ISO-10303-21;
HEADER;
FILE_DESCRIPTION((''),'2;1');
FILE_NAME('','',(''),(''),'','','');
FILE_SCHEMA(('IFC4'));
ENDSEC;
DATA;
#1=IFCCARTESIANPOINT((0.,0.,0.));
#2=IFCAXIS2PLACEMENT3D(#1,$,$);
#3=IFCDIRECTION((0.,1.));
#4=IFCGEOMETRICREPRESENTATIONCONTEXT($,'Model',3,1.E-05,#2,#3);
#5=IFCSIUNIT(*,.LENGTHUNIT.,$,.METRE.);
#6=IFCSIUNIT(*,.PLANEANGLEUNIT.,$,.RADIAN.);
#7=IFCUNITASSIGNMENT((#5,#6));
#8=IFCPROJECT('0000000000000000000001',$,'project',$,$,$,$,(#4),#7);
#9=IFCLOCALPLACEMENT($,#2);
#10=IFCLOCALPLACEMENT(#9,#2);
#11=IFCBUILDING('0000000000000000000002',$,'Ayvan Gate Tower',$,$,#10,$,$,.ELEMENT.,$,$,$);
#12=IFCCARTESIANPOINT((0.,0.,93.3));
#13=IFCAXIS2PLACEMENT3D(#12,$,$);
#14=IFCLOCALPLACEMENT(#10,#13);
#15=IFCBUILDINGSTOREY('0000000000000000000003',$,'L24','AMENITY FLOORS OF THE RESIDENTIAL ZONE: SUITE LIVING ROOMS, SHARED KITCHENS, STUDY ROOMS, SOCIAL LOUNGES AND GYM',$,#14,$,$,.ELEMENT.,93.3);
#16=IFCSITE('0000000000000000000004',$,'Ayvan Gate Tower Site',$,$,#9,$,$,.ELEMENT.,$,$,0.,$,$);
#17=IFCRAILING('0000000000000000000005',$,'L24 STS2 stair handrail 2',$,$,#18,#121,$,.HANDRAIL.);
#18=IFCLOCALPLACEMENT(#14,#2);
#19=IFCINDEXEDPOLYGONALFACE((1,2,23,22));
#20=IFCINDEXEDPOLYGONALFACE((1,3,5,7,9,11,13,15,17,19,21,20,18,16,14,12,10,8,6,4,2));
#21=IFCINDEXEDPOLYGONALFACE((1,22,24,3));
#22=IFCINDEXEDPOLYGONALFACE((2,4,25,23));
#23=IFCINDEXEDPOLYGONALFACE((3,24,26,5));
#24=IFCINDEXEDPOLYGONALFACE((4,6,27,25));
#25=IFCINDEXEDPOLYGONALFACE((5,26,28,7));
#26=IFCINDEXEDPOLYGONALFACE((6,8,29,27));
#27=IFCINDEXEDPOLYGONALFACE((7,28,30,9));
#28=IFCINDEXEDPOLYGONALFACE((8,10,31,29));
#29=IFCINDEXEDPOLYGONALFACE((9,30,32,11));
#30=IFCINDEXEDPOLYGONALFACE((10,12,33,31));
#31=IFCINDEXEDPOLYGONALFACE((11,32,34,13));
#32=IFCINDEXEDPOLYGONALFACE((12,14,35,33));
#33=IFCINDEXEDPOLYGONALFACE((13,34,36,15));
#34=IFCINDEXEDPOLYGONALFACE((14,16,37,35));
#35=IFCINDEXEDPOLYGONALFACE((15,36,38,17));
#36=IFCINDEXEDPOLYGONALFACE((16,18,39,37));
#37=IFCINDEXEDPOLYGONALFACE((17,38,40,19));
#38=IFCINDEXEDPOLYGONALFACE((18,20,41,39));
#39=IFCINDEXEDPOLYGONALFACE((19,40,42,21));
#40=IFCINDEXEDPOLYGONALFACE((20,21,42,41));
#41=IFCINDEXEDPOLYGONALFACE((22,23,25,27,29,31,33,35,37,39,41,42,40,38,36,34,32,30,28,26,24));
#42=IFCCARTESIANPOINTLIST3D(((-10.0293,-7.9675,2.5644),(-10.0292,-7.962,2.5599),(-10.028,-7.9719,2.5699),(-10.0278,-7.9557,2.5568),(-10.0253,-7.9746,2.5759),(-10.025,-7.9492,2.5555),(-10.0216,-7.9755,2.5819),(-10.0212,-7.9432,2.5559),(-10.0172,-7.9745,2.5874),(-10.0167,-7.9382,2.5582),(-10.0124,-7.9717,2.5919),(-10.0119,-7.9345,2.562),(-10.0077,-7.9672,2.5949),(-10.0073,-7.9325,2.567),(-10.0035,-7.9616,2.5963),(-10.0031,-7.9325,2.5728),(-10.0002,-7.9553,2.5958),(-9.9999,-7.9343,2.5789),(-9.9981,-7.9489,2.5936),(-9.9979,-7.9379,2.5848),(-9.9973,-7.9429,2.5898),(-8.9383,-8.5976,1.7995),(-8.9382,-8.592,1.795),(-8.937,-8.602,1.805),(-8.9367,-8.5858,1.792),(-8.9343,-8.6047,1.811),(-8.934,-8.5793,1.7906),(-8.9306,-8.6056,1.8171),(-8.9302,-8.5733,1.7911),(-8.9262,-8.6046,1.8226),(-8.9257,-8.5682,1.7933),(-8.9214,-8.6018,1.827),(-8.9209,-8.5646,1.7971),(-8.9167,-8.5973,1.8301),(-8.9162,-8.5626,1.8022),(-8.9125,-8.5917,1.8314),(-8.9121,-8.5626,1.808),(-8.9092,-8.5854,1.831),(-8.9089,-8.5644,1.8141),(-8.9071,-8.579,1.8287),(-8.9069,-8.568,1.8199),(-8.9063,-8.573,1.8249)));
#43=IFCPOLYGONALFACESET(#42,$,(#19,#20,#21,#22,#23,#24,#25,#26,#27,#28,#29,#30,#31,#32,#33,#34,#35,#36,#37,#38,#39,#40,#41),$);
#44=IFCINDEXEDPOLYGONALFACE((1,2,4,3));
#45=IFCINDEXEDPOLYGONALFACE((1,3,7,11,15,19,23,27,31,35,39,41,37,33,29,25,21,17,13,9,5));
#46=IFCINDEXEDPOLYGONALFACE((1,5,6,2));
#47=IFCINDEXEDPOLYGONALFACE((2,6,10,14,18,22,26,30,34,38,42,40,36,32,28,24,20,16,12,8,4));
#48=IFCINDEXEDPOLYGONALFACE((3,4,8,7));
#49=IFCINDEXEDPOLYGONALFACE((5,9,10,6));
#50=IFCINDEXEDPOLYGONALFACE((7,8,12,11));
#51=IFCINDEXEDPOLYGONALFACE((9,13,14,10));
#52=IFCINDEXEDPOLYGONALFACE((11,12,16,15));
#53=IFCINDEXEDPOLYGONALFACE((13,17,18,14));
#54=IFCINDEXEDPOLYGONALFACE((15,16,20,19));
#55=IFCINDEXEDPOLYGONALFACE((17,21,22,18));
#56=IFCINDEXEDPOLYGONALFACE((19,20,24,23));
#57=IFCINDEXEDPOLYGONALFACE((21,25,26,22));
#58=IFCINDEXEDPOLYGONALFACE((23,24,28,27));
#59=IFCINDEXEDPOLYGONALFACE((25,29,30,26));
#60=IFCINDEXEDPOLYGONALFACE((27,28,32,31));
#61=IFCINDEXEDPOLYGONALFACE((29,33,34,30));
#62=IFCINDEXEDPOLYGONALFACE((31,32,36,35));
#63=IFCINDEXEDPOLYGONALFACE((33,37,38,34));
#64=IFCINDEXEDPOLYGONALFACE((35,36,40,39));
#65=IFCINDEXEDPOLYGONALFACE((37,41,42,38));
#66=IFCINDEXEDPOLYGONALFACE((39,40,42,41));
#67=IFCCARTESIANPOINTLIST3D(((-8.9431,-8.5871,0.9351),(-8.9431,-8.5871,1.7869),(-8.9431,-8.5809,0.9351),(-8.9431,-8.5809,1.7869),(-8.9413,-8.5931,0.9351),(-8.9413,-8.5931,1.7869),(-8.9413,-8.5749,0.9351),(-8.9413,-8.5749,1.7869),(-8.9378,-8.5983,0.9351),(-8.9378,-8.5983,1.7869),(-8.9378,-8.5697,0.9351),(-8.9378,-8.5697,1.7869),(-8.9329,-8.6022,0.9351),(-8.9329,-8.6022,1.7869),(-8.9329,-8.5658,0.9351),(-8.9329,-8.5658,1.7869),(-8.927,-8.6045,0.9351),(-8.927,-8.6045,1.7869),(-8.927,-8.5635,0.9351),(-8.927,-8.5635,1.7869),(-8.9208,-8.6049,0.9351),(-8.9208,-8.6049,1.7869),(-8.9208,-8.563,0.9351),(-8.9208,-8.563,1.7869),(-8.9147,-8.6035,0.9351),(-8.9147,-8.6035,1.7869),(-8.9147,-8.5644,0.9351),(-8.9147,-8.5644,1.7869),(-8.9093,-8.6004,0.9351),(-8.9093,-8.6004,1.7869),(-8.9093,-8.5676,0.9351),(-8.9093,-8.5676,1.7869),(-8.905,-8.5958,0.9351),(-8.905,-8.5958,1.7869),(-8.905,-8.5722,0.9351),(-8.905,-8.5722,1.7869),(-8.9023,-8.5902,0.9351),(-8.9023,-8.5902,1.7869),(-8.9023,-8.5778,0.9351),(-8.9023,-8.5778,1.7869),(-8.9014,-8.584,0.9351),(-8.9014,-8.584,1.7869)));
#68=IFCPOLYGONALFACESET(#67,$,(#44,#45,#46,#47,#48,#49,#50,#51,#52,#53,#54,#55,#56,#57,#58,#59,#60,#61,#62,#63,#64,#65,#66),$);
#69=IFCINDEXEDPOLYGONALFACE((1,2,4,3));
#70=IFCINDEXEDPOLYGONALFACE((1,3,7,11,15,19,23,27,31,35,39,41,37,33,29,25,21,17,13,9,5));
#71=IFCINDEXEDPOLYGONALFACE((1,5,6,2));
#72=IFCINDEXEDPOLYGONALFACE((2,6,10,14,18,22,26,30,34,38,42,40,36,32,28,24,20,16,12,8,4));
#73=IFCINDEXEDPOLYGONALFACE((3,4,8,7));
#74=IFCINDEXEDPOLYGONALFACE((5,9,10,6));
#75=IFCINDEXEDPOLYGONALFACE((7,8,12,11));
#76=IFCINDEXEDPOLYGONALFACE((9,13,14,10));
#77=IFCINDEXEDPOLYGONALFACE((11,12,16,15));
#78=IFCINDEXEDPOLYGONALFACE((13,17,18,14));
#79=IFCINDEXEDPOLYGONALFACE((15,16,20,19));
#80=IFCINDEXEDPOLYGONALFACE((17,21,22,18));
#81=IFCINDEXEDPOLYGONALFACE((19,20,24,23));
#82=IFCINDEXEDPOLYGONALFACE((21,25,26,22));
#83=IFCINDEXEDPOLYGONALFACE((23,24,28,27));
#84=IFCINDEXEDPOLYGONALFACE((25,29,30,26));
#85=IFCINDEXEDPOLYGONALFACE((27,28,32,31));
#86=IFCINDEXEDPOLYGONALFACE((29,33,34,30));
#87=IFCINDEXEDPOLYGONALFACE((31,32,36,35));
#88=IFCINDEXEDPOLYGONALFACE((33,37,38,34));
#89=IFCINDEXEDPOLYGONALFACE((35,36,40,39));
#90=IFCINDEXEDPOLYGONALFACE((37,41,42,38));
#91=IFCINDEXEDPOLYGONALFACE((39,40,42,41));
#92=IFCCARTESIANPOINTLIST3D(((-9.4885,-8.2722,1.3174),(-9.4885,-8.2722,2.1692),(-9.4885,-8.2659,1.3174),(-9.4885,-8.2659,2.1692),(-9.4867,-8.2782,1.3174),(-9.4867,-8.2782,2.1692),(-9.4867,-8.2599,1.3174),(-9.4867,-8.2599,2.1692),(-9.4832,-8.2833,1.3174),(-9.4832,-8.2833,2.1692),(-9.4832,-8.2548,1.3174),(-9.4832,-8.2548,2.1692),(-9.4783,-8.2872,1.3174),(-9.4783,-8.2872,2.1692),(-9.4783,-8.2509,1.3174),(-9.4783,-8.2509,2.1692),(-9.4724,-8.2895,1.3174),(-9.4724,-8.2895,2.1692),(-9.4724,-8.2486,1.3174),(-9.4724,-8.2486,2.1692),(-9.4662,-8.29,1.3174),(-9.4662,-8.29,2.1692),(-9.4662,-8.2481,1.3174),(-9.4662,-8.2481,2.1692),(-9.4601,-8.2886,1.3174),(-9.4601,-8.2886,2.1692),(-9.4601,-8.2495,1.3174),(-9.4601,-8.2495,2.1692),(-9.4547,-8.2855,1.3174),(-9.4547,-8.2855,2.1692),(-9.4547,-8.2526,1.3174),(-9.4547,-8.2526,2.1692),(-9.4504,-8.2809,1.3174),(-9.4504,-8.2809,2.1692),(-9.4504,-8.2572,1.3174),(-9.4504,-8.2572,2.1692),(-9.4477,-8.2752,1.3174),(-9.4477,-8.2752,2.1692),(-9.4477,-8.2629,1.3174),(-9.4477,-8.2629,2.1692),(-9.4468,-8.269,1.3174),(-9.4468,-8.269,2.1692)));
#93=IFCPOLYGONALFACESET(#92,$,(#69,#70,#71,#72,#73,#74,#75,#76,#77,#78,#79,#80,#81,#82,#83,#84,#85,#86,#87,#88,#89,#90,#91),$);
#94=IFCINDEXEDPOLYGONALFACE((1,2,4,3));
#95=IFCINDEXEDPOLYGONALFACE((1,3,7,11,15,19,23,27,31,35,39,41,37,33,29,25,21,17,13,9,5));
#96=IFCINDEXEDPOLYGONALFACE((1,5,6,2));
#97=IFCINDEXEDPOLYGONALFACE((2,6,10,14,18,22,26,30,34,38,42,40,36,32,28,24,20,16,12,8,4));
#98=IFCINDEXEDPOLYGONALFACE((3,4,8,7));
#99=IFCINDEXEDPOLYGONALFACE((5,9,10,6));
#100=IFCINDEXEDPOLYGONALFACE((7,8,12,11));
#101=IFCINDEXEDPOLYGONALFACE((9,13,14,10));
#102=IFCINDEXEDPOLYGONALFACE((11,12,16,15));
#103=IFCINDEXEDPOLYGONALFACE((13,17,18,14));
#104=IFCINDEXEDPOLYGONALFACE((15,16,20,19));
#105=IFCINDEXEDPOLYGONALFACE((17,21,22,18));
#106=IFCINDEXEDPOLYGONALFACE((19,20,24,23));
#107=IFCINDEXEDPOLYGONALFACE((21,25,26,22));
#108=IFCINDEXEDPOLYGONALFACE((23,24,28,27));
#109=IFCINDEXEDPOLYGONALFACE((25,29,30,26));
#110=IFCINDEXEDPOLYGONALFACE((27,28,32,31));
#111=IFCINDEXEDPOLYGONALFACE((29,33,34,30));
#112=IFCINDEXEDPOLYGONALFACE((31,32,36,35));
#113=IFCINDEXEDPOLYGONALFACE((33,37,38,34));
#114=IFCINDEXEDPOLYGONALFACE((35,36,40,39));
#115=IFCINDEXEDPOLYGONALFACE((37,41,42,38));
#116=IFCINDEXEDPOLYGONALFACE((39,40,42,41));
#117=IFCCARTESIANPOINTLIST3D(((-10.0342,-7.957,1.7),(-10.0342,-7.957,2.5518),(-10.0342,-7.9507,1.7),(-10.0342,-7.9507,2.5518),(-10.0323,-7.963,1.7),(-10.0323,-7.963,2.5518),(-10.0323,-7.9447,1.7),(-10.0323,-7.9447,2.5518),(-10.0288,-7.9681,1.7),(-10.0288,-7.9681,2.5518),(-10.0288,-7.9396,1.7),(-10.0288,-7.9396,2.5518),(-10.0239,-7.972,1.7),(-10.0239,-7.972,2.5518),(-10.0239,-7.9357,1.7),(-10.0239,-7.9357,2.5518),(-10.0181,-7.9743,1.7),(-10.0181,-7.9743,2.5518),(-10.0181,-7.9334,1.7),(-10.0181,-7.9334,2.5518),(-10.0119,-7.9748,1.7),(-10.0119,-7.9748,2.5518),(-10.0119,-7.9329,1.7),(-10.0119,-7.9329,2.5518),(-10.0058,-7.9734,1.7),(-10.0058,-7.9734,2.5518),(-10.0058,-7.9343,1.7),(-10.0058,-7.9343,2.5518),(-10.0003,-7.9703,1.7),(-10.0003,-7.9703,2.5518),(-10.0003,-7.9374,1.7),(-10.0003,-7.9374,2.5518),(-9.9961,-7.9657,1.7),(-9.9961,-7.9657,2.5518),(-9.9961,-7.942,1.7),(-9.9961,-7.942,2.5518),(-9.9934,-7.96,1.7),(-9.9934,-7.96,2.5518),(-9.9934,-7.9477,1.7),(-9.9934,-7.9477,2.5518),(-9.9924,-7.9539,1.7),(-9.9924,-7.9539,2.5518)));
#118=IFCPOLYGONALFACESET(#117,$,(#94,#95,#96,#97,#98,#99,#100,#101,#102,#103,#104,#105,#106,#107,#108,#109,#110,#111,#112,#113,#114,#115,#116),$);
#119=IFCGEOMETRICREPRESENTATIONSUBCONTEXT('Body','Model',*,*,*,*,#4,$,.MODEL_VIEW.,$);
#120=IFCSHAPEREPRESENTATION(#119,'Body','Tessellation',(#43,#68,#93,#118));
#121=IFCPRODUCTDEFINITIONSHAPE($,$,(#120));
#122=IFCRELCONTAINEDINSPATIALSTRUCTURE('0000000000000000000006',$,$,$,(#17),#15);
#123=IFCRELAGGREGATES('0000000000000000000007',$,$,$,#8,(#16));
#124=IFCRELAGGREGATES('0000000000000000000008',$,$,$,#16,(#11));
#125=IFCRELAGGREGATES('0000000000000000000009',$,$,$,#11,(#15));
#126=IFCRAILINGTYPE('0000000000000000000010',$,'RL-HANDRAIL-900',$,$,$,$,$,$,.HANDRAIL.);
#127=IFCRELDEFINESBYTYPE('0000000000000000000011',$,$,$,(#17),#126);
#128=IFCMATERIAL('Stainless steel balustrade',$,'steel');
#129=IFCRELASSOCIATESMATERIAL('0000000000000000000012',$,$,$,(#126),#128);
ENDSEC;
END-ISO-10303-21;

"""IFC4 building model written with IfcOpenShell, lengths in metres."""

from ifc_helpers import new_model, si_unit, direction, frame, origin, origin_2d, place, context, subcontext, project, spatial, circle, extrude, material, type_object, element, save


model = new_model("IFC4")

# Units and contexts
model_context = context("Model", 3, precision=1e-05, world=origin(), true_north=direction((0.0, 1.0)))
body_context = subcontext(model_context, "Body", "Model", "MODEL_VIEW")
ifc_project = project(units=[si_unit("LENGTHUNIT", "METRE"), si_unit("PLANEANGLEUNIT", "RADIAN")], contexts=[model_context])

# Site, building, storey
site_placement = place(None, origin())
site = spatial("IfcSite", under=ifc_project, at=site_placement, Name="Ayvan Gate Tower Site", CompositionType="ELEMENT", RefElevation=0.0)
building_placement = place(site_placement, origin())
building = spatial("IfcBuilding", under=site, at=building_placement, Name="Ayvan Gate Tower", CompositionType="ELEMENT")
storey_placement = place(building_placement, frame((0.0, 0.0, 93.3)))
storey = spatial("IfcBuildingStorey", under=building, at=storey_placement, Name="L24", Description="AMENITY FLOORS OF THE RESIDENTIAL ZONE: SUITE LIVING ROOMS, SHARED KITCHENS, STUDY ROOMS, SOCIAL LOUNGES AND GYM", CompositionType="ELEMENT", Elevation=93.3)

# Railing
ifc_material_1 = material(Name="Stainless steel balustrade", Category="steel")
railing_type_1 = type_object("IfcRailingType", Name="RL-HANDRAIL-900", PredefinedType="HANDRAIL", material=ifc_material_1)
railing_1_placement = place(storey_placement, frame((-8.9224, -8.584, 0.9351)))
element("IfcRailing", 1, at=railing_1_placement, inside=storey, type_object=railing_type_1, Name="L24 STS2 stair handrail 2", PredefinedType="HANDRAIL", context=body_context, shape_type="SweptSolid", body=[
    extrude(circle(Radius=0.0239, at=origin_2d()), frame((0.0, 0.0, 0.876), z_axis=(-0.740229, 0.427508, 0.518939), x_axis=(-0.500119, -0.865956, 0.0)), (0.0, 0.0, 1.0), 1.4739),
    extrude(circle(Radius=0.021, at=origin_2d()), origin(), (0.0, 0.0, 1.0), 0.8518),
    extrude(circle(Radius=0.021, at=origin_2d()), frame((-0.5454, 0.3149, 0.3823)), (0.0, 0.0, 1.0), 0.8518),
    extrude(circle(Radius=0.021, at=origin_2d()), frame((-1.0911, 0.6301, 0.7649)), (0.0, 0.0, 1.0), 0.8518),
])

save(model, "model.ifc")
